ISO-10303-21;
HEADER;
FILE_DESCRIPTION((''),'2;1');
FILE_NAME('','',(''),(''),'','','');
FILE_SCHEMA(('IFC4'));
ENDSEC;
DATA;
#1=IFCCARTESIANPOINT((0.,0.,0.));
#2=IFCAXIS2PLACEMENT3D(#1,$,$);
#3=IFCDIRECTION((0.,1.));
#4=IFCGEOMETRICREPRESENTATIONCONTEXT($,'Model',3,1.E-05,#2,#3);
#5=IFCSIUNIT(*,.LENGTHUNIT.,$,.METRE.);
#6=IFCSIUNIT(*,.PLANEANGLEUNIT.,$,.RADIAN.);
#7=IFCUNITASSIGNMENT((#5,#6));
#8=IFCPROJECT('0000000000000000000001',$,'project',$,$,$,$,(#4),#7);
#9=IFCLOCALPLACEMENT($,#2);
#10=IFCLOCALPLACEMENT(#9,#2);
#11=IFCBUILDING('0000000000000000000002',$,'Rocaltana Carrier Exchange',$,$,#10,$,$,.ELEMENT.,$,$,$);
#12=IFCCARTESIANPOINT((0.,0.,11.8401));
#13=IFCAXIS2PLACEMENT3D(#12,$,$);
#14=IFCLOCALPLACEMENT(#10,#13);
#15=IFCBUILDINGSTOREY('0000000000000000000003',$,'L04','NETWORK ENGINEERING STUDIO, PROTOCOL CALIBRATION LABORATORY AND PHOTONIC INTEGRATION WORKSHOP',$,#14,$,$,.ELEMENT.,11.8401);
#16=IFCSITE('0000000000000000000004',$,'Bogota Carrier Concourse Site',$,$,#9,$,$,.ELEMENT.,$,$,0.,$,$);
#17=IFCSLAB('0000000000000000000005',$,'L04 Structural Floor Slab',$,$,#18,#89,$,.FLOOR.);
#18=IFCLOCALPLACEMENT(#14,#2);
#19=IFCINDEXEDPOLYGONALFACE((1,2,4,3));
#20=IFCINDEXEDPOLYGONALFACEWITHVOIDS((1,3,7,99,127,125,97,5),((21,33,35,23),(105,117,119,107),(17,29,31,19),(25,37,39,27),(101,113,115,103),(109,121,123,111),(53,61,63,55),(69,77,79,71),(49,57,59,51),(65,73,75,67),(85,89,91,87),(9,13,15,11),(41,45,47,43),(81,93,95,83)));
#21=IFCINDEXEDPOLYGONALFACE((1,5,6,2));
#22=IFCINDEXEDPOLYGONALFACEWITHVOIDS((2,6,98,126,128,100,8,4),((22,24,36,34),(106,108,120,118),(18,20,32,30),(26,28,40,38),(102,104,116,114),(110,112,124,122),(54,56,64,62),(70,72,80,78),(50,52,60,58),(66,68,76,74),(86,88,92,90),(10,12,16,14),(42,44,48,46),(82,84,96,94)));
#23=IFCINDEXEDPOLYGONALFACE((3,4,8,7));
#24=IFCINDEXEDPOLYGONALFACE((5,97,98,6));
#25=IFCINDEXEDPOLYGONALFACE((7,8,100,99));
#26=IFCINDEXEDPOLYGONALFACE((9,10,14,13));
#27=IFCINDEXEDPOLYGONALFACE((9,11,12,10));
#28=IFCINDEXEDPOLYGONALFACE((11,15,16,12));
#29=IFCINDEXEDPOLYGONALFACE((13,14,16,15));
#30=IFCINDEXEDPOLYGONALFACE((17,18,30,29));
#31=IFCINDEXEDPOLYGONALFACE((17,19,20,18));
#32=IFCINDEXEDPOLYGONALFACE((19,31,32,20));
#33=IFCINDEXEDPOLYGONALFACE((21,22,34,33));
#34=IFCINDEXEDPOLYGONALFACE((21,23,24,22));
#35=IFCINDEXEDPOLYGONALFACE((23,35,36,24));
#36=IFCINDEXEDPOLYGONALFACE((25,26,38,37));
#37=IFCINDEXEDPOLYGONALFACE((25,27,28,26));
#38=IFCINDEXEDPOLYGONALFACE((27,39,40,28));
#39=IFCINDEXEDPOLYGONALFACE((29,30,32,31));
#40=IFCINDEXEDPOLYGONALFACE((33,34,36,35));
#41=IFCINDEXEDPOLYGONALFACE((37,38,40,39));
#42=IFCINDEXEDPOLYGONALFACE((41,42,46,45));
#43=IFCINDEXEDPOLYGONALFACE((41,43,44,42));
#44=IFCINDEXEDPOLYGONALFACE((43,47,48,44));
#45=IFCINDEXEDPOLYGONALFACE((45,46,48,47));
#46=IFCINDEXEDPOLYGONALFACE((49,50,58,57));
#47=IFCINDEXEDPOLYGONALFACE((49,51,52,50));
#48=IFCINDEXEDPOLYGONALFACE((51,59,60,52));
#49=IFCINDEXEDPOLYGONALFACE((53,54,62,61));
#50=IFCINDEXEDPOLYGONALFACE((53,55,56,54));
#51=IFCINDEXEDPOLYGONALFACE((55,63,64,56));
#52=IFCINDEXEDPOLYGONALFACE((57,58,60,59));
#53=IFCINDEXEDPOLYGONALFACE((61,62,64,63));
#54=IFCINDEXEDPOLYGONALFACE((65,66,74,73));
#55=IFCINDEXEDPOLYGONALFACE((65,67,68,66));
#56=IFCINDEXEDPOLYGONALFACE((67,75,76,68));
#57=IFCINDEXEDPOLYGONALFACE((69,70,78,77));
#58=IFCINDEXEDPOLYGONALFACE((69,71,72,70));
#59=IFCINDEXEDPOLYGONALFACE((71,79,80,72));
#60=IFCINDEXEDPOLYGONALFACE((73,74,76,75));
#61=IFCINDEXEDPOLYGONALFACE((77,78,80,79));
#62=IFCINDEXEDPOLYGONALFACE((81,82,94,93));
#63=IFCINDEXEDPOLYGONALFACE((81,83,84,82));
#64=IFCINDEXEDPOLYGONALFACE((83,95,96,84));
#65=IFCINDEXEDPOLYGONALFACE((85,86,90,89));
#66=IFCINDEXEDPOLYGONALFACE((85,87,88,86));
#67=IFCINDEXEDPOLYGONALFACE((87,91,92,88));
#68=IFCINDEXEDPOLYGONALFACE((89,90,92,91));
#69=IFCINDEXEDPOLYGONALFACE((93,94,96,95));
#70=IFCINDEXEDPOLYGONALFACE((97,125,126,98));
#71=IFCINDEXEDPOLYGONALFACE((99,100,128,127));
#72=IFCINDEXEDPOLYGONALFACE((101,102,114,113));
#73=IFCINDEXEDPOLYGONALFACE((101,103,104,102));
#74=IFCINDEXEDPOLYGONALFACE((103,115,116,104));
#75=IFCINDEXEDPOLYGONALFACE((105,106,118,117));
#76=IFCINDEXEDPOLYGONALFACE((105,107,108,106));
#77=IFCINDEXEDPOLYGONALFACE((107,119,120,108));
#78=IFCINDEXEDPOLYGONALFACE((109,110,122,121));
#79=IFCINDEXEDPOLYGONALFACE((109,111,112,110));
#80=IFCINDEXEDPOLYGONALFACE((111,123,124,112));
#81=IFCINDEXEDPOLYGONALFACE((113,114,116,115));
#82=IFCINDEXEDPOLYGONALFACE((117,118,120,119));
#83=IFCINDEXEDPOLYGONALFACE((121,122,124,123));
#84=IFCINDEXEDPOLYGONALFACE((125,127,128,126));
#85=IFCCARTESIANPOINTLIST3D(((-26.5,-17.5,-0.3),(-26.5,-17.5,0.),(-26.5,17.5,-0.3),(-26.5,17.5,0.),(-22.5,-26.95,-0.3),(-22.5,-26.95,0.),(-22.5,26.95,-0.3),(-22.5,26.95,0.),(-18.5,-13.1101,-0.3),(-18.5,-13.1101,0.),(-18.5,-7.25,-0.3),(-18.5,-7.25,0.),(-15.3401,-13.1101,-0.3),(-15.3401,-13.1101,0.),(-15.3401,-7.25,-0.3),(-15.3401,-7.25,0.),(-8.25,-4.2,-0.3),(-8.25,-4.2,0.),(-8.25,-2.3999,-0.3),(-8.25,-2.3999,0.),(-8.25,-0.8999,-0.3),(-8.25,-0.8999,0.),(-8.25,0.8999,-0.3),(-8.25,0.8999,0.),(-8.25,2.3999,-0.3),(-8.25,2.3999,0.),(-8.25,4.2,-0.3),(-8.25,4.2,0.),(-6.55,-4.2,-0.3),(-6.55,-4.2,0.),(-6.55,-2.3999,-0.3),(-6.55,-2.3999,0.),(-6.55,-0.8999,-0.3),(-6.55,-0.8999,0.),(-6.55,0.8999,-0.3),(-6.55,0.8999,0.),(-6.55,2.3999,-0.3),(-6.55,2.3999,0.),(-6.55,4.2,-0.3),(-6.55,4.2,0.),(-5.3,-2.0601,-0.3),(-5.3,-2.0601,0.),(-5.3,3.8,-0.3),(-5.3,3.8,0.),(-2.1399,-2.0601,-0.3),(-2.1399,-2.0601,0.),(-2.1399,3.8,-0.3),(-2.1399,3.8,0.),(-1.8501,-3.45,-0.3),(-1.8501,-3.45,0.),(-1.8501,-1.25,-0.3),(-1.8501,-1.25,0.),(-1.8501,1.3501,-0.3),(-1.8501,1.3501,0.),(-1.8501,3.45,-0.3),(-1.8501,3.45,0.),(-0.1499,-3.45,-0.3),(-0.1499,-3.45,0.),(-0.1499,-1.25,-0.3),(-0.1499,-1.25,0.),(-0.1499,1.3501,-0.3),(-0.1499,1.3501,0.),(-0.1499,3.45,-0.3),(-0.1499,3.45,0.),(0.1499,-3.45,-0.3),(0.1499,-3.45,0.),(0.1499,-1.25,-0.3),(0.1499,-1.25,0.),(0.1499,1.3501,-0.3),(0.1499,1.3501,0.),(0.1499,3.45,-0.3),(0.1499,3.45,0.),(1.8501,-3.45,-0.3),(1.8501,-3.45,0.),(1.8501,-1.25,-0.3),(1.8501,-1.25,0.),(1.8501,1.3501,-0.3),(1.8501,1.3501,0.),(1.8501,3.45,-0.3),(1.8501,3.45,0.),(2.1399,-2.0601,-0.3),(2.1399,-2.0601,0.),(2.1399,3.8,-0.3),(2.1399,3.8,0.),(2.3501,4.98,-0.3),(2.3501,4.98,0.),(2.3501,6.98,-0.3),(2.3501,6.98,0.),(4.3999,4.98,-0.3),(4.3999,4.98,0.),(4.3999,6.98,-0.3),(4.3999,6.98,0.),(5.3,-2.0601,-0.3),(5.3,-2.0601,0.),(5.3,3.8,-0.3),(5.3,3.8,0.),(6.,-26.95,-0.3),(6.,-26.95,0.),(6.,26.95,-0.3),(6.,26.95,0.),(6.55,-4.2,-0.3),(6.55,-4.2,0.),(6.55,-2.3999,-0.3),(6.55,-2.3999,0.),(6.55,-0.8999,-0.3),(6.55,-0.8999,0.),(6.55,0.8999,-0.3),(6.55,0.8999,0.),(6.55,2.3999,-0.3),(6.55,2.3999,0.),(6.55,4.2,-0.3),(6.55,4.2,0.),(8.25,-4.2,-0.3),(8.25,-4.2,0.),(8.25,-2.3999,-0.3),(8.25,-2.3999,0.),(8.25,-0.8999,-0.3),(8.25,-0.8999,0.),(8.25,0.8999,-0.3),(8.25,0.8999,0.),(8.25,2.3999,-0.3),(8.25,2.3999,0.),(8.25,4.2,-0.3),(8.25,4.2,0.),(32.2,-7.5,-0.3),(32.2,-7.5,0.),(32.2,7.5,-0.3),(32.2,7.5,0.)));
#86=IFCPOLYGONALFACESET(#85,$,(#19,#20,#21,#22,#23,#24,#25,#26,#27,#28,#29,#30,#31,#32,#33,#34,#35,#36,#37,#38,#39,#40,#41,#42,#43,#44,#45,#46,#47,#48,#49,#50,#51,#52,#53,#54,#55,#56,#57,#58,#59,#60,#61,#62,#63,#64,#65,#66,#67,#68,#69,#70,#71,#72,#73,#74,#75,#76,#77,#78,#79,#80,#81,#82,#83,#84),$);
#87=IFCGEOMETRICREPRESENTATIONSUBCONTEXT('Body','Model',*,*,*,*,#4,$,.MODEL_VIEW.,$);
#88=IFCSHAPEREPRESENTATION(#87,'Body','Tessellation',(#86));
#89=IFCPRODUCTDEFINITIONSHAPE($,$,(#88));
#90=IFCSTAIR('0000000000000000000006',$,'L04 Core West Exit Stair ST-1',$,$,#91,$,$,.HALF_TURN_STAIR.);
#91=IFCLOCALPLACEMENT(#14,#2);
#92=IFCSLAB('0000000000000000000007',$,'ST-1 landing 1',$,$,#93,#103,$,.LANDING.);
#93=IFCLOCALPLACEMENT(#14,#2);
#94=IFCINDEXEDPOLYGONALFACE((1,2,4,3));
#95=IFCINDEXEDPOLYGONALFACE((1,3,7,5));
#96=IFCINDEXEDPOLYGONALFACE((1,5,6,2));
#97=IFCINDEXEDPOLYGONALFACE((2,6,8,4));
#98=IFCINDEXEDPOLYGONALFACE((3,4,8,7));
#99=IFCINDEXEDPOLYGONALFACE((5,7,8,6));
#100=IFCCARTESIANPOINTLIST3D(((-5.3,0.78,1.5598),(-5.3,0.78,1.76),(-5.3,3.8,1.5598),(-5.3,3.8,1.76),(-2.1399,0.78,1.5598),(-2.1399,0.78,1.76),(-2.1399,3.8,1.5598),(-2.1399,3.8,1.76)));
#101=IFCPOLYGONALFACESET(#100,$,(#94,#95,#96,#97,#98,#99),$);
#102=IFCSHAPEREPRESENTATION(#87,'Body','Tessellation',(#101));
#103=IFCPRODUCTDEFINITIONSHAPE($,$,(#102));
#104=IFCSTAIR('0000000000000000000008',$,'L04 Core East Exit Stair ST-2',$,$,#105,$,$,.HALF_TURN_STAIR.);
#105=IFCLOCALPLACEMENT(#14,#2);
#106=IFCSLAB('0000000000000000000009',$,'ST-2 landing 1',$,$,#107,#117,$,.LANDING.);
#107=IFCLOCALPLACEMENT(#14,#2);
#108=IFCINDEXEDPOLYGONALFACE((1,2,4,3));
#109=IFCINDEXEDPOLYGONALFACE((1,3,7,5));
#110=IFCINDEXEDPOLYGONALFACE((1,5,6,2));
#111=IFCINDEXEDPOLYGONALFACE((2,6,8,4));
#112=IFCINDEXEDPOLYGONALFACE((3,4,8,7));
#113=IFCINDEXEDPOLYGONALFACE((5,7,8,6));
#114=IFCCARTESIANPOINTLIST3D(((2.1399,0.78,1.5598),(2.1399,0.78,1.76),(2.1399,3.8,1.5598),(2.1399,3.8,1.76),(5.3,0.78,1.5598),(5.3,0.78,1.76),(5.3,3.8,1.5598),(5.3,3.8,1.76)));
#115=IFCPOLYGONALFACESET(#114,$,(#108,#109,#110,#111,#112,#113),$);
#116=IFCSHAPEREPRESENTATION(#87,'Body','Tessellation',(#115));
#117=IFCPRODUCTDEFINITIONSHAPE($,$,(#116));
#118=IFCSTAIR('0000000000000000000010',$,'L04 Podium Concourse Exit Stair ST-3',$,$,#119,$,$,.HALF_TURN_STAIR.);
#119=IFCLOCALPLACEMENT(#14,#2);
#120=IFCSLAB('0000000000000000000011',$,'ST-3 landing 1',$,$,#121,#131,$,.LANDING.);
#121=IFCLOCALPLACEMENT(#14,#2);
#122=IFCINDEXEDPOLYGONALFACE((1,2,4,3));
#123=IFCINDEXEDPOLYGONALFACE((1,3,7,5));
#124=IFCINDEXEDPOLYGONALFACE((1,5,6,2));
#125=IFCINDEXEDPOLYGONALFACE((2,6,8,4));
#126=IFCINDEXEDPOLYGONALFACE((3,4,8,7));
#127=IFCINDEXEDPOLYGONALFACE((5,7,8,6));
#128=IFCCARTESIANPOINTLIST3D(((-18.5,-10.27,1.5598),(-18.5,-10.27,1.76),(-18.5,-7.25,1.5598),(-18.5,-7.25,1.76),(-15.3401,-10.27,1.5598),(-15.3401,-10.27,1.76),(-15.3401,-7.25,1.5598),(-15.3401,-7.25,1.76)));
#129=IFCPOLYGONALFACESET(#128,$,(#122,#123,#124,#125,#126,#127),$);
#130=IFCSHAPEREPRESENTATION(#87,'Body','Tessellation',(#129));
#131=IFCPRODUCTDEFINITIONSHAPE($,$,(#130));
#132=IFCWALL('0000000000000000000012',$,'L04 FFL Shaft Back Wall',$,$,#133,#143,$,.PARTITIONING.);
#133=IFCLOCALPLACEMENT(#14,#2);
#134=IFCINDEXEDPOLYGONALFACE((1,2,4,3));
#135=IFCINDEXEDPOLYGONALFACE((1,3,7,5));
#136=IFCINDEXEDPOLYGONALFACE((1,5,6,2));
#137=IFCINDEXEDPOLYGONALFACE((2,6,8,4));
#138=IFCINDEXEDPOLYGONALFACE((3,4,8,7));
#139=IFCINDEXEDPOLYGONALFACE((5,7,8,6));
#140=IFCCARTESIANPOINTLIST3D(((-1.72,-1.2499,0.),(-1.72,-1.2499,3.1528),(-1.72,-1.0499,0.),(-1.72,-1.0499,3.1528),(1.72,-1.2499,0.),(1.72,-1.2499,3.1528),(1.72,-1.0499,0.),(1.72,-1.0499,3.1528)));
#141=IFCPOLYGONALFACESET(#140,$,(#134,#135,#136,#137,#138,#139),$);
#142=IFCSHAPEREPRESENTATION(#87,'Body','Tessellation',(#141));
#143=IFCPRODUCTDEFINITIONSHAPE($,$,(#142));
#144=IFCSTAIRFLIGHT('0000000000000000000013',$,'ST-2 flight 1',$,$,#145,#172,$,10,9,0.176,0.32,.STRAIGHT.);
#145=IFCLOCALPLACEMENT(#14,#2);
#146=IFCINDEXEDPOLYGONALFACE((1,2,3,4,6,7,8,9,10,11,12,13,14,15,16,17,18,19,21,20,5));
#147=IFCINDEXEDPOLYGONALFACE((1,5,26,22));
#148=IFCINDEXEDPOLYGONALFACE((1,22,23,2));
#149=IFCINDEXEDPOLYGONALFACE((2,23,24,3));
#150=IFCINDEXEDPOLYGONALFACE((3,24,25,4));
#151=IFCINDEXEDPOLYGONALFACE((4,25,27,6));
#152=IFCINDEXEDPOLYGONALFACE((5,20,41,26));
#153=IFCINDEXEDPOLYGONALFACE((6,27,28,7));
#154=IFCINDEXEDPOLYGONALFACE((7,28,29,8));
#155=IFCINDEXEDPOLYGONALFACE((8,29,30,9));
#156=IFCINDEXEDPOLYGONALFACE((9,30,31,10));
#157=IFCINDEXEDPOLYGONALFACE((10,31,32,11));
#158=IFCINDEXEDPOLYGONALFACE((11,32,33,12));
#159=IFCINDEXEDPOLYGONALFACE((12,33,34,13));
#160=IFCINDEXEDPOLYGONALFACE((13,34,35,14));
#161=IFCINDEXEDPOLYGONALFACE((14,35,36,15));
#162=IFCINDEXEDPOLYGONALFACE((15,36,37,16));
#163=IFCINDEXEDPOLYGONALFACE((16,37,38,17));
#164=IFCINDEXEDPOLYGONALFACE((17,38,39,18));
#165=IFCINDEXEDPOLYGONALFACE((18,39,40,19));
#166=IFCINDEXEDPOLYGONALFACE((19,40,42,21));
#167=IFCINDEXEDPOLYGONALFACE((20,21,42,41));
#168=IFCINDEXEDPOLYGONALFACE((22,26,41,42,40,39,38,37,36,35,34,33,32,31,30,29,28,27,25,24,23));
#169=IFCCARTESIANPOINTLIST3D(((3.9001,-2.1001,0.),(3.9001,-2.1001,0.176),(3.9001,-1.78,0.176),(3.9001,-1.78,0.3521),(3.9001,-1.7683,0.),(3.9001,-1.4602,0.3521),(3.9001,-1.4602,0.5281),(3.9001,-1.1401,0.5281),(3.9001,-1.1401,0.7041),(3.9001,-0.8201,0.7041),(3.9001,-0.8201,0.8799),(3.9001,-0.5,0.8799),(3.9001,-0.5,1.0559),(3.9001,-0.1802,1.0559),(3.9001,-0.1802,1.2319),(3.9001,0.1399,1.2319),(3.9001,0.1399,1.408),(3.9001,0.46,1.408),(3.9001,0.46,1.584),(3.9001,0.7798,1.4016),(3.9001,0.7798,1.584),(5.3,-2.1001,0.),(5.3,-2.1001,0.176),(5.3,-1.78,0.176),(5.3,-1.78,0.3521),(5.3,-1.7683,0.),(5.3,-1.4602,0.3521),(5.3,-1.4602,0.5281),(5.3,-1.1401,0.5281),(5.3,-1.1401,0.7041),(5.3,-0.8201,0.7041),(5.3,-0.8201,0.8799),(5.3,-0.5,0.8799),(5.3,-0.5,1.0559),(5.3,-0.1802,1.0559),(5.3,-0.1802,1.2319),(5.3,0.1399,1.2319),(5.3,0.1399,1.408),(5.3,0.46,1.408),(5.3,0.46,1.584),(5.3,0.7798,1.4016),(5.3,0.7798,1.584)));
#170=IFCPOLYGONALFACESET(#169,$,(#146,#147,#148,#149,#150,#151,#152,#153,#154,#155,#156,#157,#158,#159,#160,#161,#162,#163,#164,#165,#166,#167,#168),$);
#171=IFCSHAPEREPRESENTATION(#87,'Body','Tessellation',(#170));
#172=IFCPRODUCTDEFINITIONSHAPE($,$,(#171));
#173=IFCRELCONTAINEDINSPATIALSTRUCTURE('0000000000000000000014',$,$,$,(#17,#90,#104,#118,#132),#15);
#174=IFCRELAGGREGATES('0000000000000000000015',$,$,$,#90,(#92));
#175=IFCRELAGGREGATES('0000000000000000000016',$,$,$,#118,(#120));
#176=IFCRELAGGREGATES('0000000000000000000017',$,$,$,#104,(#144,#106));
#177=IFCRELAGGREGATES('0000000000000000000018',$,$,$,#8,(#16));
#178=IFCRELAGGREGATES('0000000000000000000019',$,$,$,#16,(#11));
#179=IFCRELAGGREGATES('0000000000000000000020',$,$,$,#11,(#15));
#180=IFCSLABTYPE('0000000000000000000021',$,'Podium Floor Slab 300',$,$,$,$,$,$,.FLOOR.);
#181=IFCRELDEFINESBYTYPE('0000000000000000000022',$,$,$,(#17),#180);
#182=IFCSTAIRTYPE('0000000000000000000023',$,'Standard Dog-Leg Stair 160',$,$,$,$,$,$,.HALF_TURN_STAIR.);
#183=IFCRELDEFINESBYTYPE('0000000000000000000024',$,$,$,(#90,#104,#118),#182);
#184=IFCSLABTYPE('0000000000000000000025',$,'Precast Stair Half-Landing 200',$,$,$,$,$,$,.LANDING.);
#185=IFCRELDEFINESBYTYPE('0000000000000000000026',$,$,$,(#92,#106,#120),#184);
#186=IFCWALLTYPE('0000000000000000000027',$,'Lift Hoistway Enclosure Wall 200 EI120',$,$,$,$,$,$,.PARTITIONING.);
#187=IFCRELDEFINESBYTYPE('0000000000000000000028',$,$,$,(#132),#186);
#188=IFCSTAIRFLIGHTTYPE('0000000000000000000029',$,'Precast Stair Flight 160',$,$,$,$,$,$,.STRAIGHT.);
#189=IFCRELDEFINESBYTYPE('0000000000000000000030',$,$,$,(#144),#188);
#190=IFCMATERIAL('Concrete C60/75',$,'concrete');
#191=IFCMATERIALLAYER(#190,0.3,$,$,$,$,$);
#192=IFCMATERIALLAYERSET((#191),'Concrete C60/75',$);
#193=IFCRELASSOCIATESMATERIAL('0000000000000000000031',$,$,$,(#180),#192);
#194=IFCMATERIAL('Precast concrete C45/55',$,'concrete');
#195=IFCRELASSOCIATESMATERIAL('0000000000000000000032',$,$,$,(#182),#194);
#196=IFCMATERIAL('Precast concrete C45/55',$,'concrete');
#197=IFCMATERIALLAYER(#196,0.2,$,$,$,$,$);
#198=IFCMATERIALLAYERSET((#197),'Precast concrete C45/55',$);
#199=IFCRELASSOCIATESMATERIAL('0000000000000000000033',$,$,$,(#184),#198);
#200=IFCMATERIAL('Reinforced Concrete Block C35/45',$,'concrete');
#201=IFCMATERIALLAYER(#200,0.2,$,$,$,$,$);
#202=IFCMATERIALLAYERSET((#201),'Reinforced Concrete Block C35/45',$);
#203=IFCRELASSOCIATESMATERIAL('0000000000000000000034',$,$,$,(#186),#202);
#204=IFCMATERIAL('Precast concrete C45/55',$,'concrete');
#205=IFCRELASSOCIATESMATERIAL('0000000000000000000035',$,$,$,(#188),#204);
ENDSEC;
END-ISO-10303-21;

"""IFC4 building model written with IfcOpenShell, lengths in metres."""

from ifc_helpers import new_model, si_unit, direction, frame, frame_2d, origin, place, context, subcontext, project, spatial, polyline, rectangle, outline, extrude, material, layer, layer_set, type_object, element, aggregate, save


model = new_model("IFC4")

# Units and contexts
model_context = context("Model", 3, precision=1e-05, world=origin(), true_north=direction((0.0, 1.0)))
body_context = subcontext(model_context, "Body", "Model", "MODEL_VIEW")
ifc_project = project(units=[si_unit("LENGTHUNIT", "METRE"), si_unit("PLANEANGLEUNIT", "RADIAN")], contexts=[model_context])

# Site, building, storey
site_placement = place(None, origin())
site = spatial("IfcSite", under=ifc_project, at=site_placement, Name="Bogota Carrier Concourse Site", CompositionType="ELEMENT", RefElevation=0.0)
building_placement = place(site_placement, origin())
building = spatial("IfcBuilding", under=site, at=building_placement, Name="Rocaltana Carrier Exchange", CompositionType="ELEMENT")
storey_placement = place(building_placement, frame((0.0, 0.0, 11.8401)))
storey = spatial("IfcBuildingStorey", under=building, at=storey_placement, Name="L04", Description="NETWORK ENGINEERING STUDIO, PROTOCOL CALIBRATION LABORATORY AND PHOTONIC INTEGRATION WORKSHOP", CompositionType="ELEMENT", Elevation=11.8401)

# Slab
ifc_material_1 = material(Name="Concrete C60/75", Category="concrete")
ifc_layer_1 = layer(ifc_material_1, 0.3)
ifc_layer_set_1 = layer_set([ifc_layer_1], Name="Concrete C60/75")
slab_type_1 = type_object("IfcSlabType", Name="Podium Floor Slab 300", PredefinedType="FLOOR", material=ifc_layer_set_1)
slab_1_placement = place(storey_placement, frame((0.0, 0.0, -0.3)))
element("IfcSlab", 1, at=slab_1_placement, inside=storey, type_object=slab_type_1, Name="L04 Structural Floor Slab", PredefinedType="FLOOR", context=body_context, shape_type="SweptSolid", body=[
    extrude(outline(polyline([(-22.5, -26.95), (6.0, -26.95), (32.2, -7.5), (32.2, 7.5), (6.0, 26.95), (-22.5, 26.95), (-26.5, 17.5), (-26.5, -17.5), (-22.5, -26.95)]), holes=[polyline([(-5.3, -2.0601), (-2.1399, -2.0601), (-2.1399, 3.8), (-5.3, 3.8), (-5.3, -2.0601)]), polyline([(2.1399, -2.0601), (5.3, -2.0601), (5.3, 3.8), (2.1399, 3.8), (2.1399, -2.0601)]), polyline([(-18.5, -13.1101), (-15.3401, -13.1101), (-15.3401, -7.25), (-18.5, -7.25), (-18.5, -13.1101)]), polyline([(-1.8501, -3.45), (-0.1499, -3.45), (-0.1499, -1.25), (-1.8501, -1.25), (-1.8501, -3.45)]), polyline([(0.1499, -3.45), (1.8501, -3.45), (1.8501, -1.25), (0.1499, -1.25), (0.1499, -3.45)]), polyline([(2.3501, 4.98), (4.3999, 4.98), (4.3999, 6.98), (2.3501, 6.98), (2.3501, 4.98)]), polyline([(-1.8501, 1.3501), (-0.1499, 1.3501), (-0.1499, 3.45), (-1.8501, 3.45), (-1.8501, 1.3501)]), polyline([(0.1499, 1.3501), (1.8501, 1.3501), (1.8501, 3.45), (0.1499, 3.45), (0.1499, 1.3501)]), polyline([(-8.25, -4.2), (-6.55, -4.2), (-6.55, -2.3999), (-8.25, -2.3999), (-8.25, -4.2)]), polyline([(-8.25, -0.8999), (-6.55, -0.8999), (-6.55, 0.8999), (-8.25, 0.8999), (-8.25, -0.8999)]), polyline([(-8.25, 2.3999), (-6.55, 2.3999), (-6.55, 4.2), (-8.25, 4.2), (-8.25, 2.3999)]), polyline([(6.55, -4.2), (8.25, -4.2), (8.25, -2.3999), (6.55, -2.3999), (6.55, -4.2)]), polyline([(6.55, -0.8999), (8.25, -0.8999), (8.25, 0.8999), (6.55, 0.8999), (6.55, -0.8999)]), polyline([(6.55, 2.3999), (8.25, 2.3999), (8.25, 4.2), (6.55, 4.2), (6.55, 2.3999)])]), origin(), (0.0, 0.0, 1.0), 0.3),
])

# Stairs, slabs
ifc_material_2 = material(Name="Precast concrete C45/55", Category="concrete")
stair_type = type_object("IfcStairType", Name="Standard Dog-Leg Stair 160", PredefinedType="HALF_TURN_STAIR", material=ifc_material_2)
stair_1_placement = place(storey_placement, origin())
stair_1 = element("IfcStair", 2, at=stair_1_placement, inside=storey, type_object=stair_type, Name="L04 Core West Exit Stair ST-1", PredefinedType="HALF_TURN_STAIR")
ifc_material_3 = material(Name="Precast concrete C45/55", Category="concrete")
ifc_layer_2 = layer(ifc_material_3, 0.2)
ifc_layer_set_2 = layer_set([ifc_layer_2], Name="Precast concrete C45/55")
slab_type_2 = type_object("IfcSlabType", Name="Precast Stair Half-Landing 200", PredefinedType="LANDING", material=ifc_layer_set_2)
slab_2_placement = place(storey_placement, frame((0.0, 0.0, 1.5598)))
slab_2 = element("IfcSlab", 3, at=slab_2_placement, type_object=slab_type_2, Name="ST-1 landing 1", PredefinedType="LANDING", context=body_context, shape_type="SweptSolid", body=[
    extrude(outline(polyline([(-2.1399, 0.78), (-2.1399, 3.8), (-5.3, 3.8), (-5.3, 0.78), (-2.1399, 0.78)])), origin(), (0.0, 0.0, 1.0), 0.2002),
])
aggregate(stair_1, [slab_2])
stair_2_placement = place(storey_placement, origin())
stair_2 = element("IfcStair", 4, at=stair_2_placement, inside=storey, type_object=stair_type, Name="L04 Core East Exit Stair ST-2", PredefinedType="HALF_TURN_STAIR")
slab_3_placement = place(storey_placement, frame((0.0, 0.0, 1.5598)))
slab_3 = element("IfcSlab", 5, at=slab_3_placement, type_object=slab_type_2, Name="ST-2 landing 1", PredefinedType="LANDING", context=body_context, shape_type="SweptSolid", body=[
    extrude(outline(polyline([(5.3, 0.78), (5.3, 3.8), (2.1399, 3.8), (2.1399, 0.78), (5.3, 0.78)])), origin(), (0.0, 0.0, 1.0), 0.2002),
])
stair_3_placement = place(storey_placement, origin())
stair_3 = element("IfcStair", 6, at=stair_3_placement, inside=storey, type_object=stair_type, Name="L04 Podium Concourse Exit Stair ST-3", PredefinedType="HALF_TURN_STAIR")
slab_4_placement = place(storey_placement, frame((0.0, 0.0, 1.5598)))
slab_4 = element("IfcSlab", 7, at=slab_4_placement, type_object=slab_type_2, Name="ST-3 landing 1", PredefinedType="LANDING", context=body_context, shape_type="SweptSolid", body=[
    extrude(outline(polyline([(-15.3401, -10.27), (-15.3401, -7.25), (-18.5, -7.25), (-18.5, -10.27), (-15.3401, -10.27)])), origin(), (0.0, 0.0, 1.0), 0.2002),
])
aggregate(stair_3, [slab_4])

# Wall
ifc_material_4 = material(Name="Reinforced Concrete Block C35/45", Category="concrete")
ifc_layer_3 = layer(ifc_material_4, 0.2)
ifc_layer_set_3 = layer_set([ifc_layer_3], Name="Reinforced Concrete Block C35/45")
wall_type = type_object("IfcWallType", Name="Lift Hoistway Enclosure Wall 200 EI120", PredefinedType="PARTITIONING", material=ifc_layer_set_3)
wall_placement = place(storey_placement, frame((-1.72, -1.1499, 0.0), z_axis=(0.0, 0.0, 1.0), x_axis=(1.0, 0.0, 0.0)))
element("IfcWall", 8, at=wall_placement, inside=storey, type_object=wall_type, Name="L04 FFL Shaft Back Wall", PredefinedType="PARTITIONING", context=body_context, shape_type="SweptSolid", body=[
    extrude(rectangle(XDim=3.4399, YDim=0.2, at=frame_2d((1.72, 0.0))), origin(), (0.0, 0.0, 1.0), 3.1528),
])

# Stair flight
ifc_material_5 = material(Name="Precast concrete C45/55", Category="concrete")
stair_flight_type = type_object("IfcStairFlightType", Name="Precast Stair Flight 160", PredefinedType="STRAIGHT", material=ifc_material_5)
stair_flight_placement = place(storey_placement, frame((4.6001, -2.1001, 0.0), z_axis=(0.0, 0.0, 1.0), x_axis=(0.0, 1.0, 0.0)))
stair_flight = element("IfcStairFlight", 9, at=stair_flight_placement, type_object=stair_flight_type, Name="ST-2 flight 1", NumberOfRisers=10, NumberOfTreads=9, PredefinedType="STRAIGHT", RiserHeight=0.176, TreadLength=0.32, context=body_context, shape_type="SweptSolid", body=[
    extrude(outline(polyline([(0.0, 0.0), (0.0, 0.176), (0.3201, 0.176), (0.3201, 0.3521), (0.6399, 0.3521), (0.6399, 0.5281), (0.96, 0.5281), (0.96, 0.7041), (1.28, 0.7041), (1.28, 0.8799), (1.6001, 0.8799), (1.6001, 1.0559), (1.9199, 1.0559), (1.9199, 1.2319), (2.24, 1.2319), (2.24, 1.408), (2.5601, 1.408), (2.5601, 1.584), (2.8799, 1.584), (2.8799, 1.76), (2.8799, 1.4016), (0.3318, 0.0), (0.0, 0.0)])), frame((0.0, 0.7, 0.0), z_axis=(0.0, -1.0, 0.0), x_axis=(1.0, 0.0, 0.0)), (0.0, 0.0, 1.0), 1.3999),
])
aggregate(stair_2, [stair_flight, slab_3])

save(model, "model.ifc")
